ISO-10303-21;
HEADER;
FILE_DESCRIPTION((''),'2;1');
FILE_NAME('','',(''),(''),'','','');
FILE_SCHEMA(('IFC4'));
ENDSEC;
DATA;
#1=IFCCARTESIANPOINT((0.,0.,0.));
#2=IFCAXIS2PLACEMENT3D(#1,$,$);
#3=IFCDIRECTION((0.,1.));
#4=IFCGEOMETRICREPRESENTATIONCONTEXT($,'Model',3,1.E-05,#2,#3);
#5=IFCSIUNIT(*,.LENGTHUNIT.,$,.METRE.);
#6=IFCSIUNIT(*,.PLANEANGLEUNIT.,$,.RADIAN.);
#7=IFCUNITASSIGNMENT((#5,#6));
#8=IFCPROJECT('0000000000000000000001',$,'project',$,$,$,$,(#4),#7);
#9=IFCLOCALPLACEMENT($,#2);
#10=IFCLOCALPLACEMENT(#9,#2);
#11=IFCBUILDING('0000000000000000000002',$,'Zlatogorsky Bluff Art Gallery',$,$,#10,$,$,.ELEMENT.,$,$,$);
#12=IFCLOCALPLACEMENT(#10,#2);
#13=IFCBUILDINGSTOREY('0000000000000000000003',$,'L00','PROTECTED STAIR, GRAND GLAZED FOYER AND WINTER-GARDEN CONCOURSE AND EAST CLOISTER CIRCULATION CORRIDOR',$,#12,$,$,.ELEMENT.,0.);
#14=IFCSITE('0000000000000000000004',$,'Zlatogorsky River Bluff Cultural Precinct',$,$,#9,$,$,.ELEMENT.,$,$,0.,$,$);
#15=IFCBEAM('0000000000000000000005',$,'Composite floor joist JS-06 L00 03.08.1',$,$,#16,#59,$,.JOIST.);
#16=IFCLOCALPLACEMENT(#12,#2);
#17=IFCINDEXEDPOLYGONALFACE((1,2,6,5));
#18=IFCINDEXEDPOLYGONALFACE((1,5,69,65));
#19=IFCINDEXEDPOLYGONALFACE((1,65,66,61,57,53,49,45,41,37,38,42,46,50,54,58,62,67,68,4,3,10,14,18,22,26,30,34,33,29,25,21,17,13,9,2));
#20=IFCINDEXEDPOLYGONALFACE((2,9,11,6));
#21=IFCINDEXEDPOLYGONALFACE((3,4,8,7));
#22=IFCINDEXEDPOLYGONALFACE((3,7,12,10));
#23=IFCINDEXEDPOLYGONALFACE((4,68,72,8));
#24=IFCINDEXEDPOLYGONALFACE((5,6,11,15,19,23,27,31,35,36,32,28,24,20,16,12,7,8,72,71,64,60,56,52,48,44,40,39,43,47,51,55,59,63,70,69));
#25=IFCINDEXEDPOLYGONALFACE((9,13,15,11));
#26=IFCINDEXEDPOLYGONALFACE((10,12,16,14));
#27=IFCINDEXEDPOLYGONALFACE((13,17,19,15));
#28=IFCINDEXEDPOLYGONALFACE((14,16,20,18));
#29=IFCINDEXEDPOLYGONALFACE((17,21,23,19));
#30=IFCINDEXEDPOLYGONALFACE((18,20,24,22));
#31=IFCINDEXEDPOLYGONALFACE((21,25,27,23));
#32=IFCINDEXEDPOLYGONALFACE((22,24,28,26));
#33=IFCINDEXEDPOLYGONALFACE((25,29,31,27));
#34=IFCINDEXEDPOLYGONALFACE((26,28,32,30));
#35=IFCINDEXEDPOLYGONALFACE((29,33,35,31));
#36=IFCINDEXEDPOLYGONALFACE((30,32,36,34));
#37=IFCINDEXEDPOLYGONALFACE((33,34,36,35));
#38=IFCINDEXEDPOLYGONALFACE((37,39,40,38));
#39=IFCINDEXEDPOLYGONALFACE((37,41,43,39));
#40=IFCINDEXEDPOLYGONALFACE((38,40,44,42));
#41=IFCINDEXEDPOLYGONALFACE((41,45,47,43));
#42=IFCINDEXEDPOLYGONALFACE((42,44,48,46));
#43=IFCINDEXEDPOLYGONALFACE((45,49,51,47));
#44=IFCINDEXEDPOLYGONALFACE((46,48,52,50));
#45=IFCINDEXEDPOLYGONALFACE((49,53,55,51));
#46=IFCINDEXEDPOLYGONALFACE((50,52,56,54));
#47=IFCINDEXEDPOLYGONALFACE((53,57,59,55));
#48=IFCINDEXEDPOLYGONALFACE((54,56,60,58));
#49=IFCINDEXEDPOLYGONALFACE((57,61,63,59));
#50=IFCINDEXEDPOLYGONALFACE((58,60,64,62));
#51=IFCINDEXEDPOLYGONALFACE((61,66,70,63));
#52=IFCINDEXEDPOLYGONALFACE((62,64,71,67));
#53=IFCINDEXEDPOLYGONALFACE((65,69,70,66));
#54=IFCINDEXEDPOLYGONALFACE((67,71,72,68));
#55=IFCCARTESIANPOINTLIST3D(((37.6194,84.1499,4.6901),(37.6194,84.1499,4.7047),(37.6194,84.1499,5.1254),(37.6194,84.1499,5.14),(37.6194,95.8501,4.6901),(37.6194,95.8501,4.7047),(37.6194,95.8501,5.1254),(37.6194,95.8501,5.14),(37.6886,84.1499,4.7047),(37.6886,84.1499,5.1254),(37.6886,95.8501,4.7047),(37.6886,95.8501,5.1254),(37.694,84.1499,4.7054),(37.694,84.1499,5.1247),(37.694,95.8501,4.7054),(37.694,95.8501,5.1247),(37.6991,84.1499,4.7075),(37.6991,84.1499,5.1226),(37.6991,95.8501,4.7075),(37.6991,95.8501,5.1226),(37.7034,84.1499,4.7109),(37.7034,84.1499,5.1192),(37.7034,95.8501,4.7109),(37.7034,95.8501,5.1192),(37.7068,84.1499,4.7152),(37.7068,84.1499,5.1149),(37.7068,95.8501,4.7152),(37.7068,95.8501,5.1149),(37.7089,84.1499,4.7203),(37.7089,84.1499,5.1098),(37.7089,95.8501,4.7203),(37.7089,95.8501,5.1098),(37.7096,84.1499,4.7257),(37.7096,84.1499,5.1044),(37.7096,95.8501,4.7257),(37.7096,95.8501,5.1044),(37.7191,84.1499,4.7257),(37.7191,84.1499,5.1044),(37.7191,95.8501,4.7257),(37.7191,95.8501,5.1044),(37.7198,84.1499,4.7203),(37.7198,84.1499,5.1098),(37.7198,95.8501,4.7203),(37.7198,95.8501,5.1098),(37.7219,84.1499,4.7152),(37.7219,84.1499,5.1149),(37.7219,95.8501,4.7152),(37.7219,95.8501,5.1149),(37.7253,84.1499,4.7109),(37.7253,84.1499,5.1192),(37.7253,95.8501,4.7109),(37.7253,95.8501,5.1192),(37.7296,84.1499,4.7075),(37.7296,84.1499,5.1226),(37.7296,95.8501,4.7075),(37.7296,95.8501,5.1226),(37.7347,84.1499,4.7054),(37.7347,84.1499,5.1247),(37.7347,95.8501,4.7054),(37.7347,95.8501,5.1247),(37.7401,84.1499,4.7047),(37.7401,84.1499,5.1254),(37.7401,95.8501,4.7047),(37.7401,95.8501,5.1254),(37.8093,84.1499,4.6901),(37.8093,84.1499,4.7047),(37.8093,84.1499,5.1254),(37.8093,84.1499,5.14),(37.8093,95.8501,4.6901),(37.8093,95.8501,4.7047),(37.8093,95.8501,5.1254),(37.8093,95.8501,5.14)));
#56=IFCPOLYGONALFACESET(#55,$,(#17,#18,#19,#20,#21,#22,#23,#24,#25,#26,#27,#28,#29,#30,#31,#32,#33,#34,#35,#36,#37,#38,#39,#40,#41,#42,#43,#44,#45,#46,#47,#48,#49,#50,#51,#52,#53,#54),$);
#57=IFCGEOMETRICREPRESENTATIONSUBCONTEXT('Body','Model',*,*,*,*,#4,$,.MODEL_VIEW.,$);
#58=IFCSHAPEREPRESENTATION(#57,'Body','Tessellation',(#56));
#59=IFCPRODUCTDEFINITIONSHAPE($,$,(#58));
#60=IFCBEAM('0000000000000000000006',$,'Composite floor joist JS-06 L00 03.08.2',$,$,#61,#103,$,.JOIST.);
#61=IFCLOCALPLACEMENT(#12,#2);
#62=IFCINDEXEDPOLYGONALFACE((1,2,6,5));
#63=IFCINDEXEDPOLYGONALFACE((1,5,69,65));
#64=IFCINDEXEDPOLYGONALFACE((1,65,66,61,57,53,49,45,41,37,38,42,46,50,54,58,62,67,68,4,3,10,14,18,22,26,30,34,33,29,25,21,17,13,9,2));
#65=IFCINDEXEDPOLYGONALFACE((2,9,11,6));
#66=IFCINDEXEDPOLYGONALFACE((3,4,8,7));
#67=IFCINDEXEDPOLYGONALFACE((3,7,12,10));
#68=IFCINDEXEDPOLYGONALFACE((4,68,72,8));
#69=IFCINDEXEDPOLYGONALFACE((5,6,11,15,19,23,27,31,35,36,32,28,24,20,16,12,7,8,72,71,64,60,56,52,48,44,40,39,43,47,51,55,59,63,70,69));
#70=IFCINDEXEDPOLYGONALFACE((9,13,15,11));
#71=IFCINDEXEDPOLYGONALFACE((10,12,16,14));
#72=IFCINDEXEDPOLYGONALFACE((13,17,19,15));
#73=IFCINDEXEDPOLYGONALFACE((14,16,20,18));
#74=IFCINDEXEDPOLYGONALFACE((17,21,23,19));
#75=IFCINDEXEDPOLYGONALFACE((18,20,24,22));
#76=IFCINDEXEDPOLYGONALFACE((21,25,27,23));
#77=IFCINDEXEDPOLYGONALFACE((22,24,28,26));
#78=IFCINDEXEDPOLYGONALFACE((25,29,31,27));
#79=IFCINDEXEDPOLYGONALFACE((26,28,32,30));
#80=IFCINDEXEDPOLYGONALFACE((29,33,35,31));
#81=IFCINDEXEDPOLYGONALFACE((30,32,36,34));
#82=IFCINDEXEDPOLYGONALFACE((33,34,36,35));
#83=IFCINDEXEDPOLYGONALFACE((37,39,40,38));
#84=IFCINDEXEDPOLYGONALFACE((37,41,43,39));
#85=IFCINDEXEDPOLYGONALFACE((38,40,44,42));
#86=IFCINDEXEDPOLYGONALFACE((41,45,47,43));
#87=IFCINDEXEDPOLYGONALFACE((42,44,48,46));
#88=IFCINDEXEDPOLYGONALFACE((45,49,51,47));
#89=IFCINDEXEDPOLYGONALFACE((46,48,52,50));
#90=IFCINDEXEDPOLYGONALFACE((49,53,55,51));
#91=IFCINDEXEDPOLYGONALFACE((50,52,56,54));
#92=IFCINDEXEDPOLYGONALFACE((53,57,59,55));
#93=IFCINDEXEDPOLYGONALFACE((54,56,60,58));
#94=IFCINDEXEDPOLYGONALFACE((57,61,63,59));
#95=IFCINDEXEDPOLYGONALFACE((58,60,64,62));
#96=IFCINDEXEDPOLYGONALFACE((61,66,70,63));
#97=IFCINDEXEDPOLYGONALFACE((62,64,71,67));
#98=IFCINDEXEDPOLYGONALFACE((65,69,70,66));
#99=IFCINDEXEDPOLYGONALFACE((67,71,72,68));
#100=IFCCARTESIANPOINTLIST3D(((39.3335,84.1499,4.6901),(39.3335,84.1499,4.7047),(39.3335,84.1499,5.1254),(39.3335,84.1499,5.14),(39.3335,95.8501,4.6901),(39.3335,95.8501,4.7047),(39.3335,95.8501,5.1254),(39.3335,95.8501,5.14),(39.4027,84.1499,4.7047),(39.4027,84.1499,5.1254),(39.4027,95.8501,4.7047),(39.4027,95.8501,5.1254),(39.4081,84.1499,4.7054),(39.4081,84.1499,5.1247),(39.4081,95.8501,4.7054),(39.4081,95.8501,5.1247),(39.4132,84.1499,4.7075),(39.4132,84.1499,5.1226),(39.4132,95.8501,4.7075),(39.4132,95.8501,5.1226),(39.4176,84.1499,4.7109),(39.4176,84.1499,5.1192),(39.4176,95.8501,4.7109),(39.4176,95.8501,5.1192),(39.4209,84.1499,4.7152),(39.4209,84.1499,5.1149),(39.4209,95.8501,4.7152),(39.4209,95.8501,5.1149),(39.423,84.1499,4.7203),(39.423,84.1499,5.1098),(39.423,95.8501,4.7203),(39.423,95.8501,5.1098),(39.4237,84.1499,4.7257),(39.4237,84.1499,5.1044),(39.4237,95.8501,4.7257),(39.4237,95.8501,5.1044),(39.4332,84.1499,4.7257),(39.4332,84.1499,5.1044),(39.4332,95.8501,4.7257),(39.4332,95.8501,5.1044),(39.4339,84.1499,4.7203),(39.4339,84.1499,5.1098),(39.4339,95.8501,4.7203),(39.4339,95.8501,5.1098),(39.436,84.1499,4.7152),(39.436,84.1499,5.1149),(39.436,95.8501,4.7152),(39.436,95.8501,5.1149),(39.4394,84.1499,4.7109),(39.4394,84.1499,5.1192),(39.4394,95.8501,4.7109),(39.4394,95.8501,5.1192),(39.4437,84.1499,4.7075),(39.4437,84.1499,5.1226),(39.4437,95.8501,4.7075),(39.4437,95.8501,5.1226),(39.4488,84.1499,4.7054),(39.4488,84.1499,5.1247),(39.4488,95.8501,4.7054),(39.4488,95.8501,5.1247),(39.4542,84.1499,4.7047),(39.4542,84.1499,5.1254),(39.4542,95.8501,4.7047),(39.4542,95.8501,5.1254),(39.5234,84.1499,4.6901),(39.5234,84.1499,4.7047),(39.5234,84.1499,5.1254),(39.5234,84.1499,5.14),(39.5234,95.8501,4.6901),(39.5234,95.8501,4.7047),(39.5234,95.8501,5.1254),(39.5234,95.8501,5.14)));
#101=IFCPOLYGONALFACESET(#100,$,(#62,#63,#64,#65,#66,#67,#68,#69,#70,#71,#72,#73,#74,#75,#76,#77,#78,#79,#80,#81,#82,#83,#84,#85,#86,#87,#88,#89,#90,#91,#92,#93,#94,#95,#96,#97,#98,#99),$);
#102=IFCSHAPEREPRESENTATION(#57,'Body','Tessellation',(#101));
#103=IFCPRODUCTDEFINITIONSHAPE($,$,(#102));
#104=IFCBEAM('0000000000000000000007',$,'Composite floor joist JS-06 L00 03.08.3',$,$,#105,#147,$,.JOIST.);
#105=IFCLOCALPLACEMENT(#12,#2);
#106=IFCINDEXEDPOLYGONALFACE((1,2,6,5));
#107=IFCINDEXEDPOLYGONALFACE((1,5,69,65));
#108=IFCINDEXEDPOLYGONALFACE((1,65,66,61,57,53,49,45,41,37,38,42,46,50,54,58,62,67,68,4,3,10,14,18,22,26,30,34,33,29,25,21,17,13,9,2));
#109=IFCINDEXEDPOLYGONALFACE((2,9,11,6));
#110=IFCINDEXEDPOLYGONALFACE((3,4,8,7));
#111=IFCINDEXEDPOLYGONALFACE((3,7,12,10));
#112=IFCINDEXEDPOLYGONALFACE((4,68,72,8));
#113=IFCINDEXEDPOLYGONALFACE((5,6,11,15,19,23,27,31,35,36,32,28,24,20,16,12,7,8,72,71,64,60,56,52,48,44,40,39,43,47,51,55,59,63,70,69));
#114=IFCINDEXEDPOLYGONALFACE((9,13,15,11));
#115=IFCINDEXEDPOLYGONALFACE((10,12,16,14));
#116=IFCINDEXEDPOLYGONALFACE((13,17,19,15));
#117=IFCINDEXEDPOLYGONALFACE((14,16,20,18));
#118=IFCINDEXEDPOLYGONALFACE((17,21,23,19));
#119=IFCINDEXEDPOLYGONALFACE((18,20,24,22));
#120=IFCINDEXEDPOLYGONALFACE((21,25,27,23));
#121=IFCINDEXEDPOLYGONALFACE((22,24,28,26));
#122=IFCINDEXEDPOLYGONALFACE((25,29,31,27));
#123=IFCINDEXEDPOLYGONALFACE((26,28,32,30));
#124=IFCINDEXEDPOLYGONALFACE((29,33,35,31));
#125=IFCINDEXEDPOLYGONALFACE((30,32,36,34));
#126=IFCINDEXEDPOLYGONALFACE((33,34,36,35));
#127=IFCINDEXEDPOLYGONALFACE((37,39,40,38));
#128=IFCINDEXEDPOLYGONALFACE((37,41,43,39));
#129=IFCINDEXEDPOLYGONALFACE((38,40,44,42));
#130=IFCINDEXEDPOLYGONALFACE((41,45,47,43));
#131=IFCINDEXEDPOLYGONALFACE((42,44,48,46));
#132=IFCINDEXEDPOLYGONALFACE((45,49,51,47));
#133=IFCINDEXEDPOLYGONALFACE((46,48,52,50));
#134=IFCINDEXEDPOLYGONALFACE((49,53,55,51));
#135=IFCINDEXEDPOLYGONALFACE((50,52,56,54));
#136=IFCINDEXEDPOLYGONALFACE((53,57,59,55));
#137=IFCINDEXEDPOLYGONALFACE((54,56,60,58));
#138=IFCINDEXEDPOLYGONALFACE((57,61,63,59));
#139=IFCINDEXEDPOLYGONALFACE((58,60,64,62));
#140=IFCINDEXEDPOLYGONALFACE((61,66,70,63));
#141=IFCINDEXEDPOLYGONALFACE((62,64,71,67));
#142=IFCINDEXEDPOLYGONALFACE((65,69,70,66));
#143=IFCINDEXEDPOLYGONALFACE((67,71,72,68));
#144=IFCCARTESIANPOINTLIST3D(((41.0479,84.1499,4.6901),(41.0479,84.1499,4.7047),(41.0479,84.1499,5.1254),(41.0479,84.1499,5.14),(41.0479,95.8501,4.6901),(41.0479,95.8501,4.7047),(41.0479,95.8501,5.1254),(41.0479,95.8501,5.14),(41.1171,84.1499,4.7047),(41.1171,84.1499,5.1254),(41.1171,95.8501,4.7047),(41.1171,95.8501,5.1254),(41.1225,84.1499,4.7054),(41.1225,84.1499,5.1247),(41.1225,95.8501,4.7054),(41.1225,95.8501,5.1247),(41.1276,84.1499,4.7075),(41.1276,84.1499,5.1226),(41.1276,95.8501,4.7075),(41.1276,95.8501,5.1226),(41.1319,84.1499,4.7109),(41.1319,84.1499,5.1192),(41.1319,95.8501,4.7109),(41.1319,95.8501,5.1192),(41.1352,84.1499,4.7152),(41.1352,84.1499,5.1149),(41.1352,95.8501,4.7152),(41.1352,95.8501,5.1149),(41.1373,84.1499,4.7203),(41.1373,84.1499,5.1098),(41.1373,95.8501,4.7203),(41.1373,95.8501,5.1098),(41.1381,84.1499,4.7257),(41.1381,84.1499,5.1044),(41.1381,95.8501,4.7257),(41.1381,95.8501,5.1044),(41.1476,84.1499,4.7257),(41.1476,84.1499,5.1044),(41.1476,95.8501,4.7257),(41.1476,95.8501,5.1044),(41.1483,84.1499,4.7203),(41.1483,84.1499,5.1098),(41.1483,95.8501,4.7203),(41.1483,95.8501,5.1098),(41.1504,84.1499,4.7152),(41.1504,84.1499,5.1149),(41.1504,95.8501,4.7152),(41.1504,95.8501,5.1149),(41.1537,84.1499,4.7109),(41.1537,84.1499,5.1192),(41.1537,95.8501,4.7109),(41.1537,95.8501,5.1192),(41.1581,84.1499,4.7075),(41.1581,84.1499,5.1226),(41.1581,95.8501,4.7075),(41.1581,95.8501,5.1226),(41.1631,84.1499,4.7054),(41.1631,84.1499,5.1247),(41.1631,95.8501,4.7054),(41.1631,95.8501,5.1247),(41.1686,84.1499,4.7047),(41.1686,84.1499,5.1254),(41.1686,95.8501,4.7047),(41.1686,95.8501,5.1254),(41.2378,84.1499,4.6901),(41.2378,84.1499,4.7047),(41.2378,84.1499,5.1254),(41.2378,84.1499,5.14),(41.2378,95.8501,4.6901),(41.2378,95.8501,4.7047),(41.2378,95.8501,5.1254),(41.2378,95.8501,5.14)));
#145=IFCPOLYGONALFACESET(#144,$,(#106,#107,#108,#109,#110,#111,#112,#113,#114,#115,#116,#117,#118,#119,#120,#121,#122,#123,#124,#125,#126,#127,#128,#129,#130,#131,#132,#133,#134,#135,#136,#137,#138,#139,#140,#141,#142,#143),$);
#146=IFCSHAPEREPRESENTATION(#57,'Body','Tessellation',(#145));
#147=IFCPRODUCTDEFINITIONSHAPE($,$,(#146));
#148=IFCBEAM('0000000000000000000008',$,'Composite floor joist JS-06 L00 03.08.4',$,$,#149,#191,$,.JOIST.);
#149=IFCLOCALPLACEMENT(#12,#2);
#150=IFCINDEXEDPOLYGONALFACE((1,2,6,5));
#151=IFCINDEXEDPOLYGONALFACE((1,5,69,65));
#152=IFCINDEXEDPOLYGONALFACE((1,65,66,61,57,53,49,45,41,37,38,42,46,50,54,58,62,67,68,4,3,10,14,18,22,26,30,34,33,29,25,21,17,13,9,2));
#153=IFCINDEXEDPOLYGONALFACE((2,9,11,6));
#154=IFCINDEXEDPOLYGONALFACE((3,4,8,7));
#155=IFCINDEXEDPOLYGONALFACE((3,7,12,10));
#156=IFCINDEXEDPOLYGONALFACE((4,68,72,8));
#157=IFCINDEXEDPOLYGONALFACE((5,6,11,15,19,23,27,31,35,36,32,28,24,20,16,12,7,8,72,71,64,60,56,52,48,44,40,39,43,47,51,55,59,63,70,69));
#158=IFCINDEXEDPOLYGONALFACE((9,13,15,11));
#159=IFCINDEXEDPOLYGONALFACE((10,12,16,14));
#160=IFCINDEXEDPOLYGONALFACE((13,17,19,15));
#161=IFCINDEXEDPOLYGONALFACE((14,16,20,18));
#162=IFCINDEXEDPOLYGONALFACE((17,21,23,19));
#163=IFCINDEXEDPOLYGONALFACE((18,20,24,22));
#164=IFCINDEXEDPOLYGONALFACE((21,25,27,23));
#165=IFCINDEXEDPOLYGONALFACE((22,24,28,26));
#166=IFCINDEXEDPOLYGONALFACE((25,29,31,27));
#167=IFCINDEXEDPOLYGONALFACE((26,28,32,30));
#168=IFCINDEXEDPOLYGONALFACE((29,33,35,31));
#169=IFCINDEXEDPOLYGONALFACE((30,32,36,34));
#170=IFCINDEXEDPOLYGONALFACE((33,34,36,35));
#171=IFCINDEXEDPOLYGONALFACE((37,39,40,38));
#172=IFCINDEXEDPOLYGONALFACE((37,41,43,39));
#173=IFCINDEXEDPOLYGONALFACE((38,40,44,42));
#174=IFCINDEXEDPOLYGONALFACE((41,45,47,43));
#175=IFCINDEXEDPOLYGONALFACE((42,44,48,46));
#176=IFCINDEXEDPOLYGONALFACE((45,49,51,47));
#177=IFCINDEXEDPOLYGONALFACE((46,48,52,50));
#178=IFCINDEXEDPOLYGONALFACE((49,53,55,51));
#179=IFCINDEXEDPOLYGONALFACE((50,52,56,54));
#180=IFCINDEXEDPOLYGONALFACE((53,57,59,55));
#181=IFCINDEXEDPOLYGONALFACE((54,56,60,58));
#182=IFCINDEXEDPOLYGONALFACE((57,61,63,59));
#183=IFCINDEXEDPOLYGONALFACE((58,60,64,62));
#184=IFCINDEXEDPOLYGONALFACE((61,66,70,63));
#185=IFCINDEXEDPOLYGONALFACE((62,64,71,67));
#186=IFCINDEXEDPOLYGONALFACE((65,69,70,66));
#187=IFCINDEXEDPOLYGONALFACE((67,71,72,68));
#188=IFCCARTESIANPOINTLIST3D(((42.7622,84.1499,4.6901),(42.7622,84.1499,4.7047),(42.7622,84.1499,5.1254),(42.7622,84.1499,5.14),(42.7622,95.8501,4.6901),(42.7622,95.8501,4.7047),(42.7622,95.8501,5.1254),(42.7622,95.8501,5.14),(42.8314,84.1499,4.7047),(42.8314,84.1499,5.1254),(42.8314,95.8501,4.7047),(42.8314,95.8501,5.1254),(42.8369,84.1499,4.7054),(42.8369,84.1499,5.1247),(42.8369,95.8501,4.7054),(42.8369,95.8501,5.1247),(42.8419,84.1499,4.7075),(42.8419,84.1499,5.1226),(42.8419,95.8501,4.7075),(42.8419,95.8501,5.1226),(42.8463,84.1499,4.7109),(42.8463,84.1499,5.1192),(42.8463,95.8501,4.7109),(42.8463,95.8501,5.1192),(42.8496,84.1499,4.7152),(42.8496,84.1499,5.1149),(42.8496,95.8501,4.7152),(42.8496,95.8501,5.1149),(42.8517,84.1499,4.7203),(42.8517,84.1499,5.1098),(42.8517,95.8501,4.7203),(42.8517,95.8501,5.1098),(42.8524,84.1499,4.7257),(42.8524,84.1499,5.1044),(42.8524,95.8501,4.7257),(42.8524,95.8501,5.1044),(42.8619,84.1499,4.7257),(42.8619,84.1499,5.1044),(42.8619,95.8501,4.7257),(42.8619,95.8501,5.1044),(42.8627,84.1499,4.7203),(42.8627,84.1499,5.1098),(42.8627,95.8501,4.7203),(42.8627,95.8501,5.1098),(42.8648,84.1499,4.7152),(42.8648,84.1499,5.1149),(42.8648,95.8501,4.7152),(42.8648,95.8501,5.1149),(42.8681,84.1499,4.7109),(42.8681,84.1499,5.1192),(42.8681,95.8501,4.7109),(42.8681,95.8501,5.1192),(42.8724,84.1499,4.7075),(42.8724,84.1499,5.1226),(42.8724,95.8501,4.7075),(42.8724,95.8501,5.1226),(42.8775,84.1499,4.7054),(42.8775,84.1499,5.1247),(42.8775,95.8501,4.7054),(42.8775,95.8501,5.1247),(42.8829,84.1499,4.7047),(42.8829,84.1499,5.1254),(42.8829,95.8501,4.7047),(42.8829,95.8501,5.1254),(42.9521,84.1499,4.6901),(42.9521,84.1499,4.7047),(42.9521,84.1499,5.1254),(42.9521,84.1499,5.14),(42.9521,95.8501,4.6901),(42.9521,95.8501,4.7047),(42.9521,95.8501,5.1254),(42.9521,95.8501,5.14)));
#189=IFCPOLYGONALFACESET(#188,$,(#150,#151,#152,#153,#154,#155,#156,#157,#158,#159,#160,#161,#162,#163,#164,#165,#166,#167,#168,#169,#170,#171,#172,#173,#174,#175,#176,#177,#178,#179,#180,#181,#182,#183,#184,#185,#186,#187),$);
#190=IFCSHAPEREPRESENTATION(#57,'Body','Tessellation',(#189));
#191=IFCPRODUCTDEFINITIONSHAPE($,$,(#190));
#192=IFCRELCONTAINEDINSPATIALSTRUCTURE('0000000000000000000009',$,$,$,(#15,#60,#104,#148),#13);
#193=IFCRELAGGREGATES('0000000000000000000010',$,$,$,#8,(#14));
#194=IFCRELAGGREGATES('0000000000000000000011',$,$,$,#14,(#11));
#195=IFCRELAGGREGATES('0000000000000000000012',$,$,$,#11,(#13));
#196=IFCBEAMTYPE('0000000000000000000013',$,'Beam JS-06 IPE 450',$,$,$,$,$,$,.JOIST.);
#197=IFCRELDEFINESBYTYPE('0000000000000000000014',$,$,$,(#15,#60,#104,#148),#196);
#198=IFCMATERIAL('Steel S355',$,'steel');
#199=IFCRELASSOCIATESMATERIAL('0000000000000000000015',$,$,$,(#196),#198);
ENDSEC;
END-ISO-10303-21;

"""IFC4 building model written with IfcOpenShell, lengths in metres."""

from ifc_helpers import new_model, si_unit, direction, frame, origin, origin_2d, place, context, subcontext, project, spatial, i_section, extrude, material, material_profile, profile_set, type_object, element, save


model = new_model("IFC4")

# Units and contexts
model_context = context("Model", 3, precision=1e-05, world=origin(), true_north=direction((0.0, 1.0)))
body_context = subcontext(model_context, "Body", "Model", "MODEL_VIEW")
ifc_project = project(units=[si_unit("LENGTHUNIT", "METRE"), si_unit("PLANEANGLEUNIT", "RADIAN")], contexts=[model_context])

# Site, building, storey
site_placement = place(None, origin())
site = spatial("IfcSite", under=ifc_project, at=site_placement, Name="Zlatogorsky River Bluff Cultural Precinct", CompositionType="ELEMENT", RefElevation=0.0)
building_placement = place(site_placement, origin())
building = spatial("IfcBuilding", under=site, at=building_placement, Name="Zlatogorsky Bluff Art Gallery", CompositionType="ELEMENT")
storey_placement = place(building_placement, origin())
storey = spatial("IfcBuildingStorey", under=building, at=storey_placement, Name="L00", Description="PROTECTED STAIR, GRAND GLAZED FOYER AND WINTER-GARDEN CONCOURSE AND EAST CLOISTER CIRCULATION CORRIDOR", CompositionType="ELEMENT", Elevation=0.0)

# Beams
ifc_material_1 = material(Name="Steel S355", Category="steel")
ifc_material_profile_1 = material_profile(ifc_material_1, i_section(OverallWidth=0.1899, OverallDepth=0.45, WebThickness=0.0095, FlangeThickness=0.0146, FilletRadius=0.021, at=origin_2d()), Name="IPE 450")
ifc_profile_set_1 = profile_set([ifc_material_profile_1], Name="Steel S355")
beam_type_1 = type_object("IfcBeamType", Name="Beam JS-06 IPE 450", PredefinedType="JOIST", material=ifc_profile_set_1)
for number, where, z_axis, x_axis, name in (
    (1, (37.7144, 84.1499, 4.915), (0.0, 1.0, 0.0), (-1.0, 0.0, 0.0), "Composite floor joist JS-06 L00 03.08.1"),
    (2, (39.4285, 84.1499, 4.915), (0.0, 1.0, 0.0), (-1.0, 0.0, 0.0), "Composite floor joist JS-06 L00 03.08.2"),
    (3, (41.1428, 84.1499, 4.915), (0.0, 1.0, 0.0), (-1.0, 0.0, 0.0), "Composite floor joist JS-06 L00 03.08.3"),
    (4, (42.8572, 84.1499, 4.915), (0.0, 1.0, 0.0), (-1.0, 0.0, 0.0), "Composite floor joist JS-06 L00 03.08.4"),
):
    element("IfcBeam", number, at=place(storey_placement, frame(where, z_axis=z_axis, x_axis=x_axis)), inside=storey, type_object=beam_type_1, Name=name, PredefinedType="JOIST", context=body_context, shape_type="SweptSolid", body=[
        extrude(i_section(OverallWidth=0.1899, OverallDepth=0.45, WebThickness=0.0095, FlangeThickness=0.0146, FilletRadius=0.021, at=origin_2d()), origin(), (0.0, 0.0, 1.0), 11.7002),
    ])

save(model, "model.ifc")
